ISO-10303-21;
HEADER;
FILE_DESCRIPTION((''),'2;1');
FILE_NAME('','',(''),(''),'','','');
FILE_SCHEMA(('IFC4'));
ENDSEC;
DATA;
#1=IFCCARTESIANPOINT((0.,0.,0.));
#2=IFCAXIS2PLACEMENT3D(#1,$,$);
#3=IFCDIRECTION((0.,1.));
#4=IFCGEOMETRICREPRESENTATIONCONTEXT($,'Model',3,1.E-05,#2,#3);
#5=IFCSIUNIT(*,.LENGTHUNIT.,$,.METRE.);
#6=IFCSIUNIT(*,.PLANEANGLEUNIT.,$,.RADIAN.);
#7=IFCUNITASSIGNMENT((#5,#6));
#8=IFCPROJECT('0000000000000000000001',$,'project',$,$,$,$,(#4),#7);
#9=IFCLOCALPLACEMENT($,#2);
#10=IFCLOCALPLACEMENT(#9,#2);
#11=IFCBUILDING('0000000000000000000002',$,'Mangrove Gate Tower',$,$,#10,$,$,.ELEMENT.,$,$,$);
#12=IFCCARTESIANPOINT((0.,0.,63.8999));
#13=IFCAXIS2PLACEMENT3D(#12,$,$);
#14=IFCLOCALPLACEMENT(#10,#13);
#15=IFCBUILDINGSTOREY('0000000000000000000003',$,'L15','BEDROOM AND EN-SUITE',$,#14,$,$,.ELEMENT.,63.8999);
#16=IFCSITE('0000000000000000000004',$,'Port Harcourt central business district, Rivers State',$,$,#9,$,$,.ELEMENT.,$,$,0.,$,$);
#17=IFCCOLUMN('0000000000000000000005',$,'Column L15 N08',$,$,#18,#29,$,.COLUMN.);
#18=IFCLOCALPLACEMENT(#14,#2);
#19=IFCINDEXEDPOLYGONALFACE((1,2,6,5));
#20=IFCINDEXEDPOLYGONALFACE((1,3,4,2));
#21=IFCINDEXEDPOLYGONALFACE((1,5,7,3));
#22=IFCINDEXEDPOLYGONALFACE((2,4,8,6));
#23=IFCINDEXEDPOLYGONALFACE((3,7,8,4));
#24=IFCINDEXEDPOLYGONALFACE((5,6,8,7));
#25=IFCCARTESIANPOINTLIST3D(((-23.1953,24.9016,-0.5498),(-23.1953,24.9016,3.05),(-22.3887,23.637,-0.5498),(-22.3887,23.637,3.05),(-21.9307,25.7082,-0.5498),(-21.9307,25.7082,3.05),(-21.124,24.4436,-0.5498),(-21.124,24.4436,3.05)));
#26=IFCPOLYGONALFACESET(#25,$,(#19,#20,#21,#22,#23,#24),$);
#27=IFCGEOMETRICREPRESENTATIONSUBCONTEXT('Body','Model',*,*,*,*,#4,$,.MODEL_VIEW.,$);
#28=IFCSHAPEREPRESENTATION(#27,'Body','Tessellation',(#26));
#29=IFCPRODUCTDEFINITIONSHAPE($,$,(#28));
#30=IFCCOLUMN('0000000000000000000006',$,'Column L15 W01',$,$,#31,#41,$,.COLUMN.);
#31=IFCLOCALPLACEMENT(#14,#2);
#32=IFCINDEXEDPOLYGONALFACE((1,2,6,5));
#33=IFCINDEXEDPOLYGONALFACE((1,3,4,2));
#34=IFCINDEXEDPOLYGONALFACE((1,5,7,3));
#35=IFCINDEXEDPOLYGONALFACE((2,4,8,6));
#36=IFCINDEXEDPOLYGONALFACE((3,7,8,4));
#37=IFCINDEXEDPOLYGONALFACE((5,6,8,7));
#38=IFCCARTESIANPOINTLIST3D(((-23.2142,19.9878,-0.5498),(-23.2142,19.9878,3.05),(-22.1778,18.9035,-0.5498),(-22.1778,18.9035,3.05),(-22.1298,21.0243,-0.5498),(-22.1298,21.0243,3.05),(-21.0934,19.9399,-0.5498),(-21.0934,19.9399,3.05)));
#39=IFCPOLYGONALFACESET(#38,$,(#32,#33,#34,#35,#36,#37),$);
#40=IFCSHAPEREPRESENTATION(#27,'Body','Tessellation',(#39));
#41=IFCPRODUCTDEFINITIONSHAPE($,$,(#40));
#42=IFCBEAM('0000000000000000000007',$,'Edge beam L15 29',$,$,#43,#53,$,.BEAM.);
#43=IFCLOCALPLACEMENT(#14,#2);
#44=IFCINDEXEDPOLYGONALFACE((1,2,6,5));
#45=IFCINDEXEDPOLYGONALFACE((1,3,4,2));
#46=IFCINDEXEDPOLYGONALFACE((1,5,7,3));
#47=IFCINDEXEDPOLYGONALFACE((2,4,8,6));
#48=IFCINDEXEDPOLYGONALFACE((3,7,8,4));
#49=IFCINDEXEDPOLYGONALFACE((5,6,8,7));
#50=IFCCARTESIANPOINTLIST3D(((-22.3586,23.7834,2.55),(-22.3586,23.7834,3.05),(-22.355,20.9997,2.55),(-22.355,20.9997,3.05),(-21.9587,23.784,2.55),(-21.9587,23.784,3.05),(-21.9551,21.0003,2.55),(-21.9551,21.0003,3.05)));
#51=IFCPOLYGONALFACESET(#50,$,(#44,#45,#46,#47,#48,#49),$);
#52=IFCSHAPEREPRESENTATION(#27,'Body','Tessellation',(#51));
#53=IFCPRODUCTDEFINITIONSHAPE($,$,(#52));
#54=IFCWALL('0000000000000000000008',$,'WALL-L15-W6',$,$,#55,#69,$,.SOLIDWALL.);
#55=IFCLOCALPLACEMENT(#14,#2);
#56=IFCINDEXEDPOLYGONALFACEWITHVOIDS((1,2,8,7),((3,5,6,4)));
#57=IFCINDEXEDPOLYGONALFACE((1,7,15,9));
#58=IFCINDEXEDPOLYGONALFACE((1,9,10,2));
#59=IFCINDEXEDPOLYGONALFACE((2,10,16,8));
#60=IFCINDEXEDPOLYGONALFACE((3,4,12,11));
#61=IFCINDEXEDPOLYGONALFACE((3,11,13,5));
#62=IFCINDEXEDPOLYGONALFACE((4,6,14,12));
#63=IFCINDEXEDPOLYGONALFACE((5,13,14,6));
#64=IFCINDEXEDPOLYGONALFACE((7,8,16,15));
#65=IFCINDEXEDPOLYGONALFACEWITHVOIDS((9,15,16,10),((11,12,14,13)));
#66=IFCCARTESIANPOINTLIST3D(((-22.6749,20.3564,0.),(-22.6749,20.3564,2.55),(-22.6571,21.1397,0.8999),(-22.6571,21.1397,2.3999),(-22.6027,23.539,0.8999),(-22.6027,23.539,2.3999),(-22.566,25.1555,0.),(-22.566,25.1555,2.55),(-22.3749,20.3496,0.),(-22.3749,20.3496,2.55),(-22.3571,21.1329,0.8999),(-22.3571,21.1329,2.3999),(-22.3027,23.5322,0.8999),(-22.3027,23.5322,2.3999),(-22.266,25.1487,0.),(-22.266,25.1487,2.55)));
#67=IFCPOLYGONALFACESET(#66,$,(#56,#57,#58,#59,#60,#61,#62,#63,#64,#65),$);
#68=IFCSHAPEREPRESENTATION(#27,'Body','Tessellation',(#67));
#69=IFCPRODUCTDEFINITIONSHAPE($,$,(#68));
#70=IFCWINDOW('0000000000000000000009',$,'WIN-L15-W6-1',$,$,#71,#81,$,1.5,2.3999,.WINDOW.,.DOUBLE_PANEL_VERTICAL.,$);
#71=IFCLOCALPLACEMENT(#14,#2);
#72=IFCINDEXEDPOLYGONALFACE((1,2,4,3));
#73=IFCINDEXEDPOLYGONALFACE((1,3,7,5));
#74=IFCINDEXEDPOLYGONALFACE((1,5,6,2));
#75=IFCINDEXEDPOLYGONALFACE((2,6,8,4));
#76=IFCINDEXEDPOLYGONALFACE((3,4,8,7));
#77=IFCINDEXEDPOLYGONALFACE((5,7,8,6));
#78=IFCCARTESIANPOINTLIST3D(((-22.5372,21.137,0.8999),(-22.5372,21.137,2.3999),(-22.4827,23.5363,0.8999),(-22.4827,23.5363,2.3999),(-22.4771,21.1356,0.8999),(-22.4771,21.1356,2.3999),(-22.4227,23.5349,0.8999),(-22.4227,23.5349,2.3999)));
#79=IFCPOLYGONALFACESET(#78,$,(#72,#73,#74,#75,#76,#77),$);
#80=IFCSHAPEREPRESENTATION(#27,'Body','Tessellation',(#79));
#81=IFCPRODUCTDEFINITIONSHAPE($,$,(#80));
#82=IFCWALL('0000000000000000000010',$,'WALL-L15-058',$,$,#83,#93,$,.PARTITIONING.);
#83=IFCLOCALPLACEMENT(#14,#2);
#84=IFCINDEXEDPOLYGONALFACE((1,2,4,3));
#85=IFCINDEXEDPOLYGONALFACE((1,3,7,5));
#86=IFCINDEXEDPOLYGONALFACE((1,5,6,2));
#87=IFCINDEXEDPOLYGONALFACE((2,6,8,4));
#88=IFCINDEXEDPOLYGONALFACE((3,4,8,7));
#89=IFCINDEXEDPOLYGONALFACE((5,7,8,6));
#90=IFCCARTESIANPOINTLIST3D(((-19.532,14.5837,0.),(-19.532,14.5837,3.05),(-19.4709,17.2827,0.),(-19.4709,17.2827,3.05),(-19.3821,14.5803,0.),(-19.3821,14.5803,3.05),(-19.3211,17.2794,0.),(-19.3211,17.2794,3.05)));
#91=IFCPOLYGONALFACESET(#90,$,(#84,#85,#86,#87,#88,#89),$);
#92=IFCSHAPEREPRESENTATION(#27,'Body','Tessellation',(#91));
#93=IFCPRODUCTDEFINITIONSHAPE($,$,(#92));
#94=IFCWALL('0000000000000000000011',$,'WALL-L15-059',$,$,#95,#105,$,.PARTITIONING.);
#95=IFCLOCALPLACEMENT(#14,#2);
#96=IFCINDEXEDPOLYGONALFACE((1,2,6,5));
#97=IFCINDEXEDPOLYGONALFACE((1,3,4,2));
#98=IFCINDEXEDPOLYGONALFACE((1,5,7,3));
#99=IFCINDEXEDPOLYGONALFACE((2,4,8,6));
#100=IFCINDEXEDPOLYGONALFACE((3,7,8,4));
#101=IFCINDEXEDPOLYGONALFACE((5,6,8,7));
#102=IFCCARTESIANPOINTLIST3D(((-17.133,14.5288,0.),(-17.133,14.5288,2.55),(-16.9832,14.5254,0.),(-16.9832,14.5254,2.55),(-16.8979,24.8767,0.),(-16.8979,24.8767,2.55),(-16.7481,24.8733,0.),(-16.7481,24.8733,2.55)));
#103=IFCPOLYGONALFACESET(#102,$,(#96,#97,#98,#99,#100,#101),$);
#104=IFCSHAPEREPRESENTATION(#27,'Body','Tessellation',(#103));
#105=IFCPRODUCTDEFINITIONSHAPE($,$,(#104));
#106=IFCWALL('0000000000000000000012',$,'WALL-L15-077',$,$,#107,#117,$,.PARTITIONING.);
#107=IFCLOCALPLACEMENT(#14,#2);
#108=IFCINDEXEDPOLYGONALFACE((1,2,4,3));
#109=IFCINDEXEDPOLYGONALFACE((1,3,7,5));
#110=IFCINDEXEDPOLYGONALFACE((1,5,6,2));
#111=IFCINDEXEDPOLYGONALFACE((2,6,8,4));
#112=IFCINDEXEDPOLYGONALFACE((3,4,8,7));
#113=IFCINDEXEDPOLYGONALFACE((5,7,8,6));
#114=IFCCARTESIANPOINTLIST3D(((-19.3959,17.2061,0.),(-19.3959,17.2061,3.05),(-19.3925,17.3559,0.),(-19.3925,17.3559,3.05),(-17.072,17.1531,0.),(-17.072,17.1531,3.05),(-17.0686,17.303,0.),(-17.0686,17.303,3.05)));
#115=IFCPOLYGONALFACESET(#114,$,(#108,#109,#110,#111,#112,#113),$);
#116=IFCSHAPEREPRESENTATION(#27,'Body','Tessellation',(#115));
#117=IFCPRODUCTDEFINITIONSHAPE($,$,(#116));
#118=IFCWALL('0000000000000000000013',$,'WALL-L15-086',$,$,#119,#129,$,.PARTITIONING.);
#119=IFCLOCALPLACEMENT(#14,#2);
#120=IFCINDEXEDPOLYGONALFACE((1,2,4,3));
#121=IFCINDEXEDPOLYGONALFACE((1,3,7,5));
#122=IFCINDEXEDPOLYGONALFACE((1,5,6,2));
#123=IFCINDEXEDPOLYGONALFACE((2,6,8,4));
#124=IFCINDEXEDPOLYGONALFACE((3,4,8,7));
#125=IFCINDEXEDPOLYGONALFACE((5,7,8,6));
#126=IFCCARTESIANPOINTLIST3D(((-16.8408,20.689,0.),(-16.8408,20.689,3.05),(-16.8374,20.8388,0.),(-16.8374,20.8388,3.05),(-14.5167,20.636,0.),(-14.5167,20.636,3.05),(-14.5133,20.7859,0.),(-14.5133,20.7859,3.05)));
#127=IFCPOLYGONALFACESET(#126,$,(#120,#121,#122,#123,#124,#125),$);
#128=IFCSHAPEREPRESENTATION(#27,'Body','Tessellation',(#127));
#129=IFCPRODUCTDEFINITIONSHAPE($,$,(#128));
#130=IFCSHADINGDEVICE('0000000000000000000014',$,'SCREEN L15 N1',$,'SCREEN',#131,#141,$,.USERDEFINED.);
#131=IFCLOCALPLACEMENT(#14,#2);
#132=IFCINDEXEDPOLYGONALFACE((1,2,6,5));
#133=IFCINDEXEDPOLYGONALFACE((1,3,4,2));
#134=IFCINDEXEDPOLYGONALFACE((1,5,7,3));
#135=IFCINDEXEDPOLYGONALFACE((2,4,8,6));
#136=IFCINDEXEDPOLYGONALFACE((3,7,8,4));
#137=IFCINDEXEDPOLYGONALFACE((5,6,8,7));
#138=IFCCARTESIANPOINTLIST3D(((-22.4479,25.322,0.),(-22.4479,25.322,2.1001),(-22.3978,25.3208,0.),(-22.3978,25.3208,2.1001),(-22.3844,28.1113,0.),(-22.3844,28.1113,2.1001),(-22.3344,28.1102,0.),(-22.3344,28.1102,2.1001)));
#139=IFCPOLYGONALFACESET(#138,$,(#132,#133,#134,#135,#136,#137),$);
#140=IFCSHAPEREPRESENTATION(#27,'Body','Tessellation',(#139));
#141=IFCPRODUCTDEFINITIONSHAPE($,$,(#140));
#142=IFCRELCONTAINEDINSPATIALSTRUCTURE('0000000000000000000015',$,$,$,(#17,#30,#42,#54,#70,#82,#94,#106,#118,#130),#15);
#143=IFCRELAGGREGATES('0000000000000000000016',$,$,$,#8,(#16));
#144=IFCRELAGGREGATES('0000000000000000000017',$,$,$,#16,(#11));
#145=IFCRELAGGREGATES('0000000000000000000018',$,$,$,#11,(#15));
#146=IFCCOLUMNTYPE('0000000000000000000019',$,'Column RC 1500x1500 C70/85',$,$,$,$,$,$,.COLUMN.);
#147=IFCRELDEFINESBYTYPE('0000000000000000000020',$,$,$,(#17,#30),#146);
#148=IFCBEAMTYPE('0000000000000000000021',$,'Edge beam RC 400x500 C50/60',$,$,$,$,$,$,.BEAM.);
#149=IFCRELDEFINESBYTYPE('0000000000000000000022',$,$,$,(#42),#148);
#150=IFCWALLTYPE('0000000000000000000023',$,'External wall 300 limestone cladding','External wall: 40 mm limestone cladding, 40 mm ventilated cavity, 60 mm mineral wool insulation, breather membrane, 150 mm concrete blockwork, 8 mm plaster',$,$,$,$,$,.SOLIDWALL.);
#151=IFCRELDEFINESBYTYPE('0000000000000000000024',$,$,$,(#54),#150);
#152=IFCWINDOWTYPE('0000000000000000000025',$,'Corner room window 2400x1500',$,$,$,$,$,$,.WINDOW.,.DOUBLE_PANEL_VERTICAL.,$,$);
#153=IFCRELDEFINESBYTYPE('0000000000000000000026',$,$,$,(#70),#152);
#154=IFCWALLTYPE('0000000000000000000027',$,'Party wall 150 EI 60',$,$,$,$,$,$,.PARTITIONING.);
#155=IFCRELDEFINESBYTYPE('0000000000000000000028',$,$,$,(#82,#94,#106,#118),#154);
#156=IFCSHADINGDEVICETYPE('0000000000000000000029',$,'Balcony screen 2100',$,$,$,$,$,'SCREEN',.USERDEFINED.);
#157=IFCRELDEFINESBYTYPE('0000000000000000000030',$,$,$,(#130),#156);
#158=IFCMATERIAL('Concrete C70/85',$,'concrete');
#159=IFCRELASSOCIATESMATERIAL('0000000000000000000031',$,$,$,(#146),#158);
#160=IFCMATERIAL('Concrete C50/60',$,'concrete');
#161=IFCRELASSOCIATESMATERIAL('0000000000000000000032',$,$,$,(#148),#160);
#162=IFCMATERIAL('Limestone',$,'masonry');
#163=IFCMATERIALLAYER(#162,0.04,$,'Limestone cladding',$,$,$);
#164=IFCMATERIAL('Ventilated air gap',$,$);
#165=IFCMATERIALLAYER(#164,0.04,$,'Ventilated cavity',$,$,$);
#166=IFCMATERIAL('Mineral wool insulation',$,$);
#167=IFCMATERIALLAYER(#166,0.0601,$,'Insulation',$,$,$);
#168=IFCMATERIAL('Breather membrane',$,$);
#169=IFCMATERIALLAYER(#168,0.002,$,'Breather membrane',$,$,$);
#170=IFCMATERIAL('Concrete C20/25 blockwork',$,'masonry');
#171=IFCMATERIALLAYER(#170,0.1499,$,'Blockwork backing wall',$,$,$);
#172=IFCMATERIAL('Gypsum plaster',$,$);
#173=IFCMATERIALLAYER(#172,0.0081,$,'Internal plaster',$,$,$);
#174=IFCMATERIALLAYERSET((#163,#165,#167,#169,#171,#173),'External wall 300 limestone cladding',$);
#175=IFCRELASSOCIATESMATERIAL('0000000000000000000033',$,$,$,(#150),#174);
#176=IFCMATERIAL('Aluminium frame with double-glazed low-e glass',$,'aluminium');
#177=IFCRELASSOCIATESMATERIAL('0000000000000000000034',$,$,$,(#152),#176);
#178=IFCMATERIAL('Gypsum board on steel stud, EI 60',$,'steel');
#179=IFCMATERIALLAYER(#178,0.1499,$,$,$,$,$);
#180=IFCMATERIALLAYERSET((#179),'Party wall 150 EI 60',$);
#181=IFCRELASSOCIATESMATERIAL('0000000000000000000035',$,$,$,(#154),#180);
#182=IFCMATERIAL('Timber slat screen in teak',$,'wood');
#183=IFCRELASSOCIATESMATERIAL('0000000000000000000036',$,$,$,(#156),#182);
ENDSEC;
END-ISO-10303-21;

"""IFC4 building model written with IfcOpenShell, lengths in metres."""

from ifc_helpers import new_model, si_unit, direction, frame, frame_2d, origin, origin_2d, place, context, subcontext, project, spatial, rectangle, extrude, material, layer, layer_set, material_profile, profile_set, type_object, element, fill, save


model = new_model("IFC4")

# Units and contexts
model_context = context("Model", 3, precision=1e-05, world=origin(), true_north=direction((0.0, 1.0)))
body_context = subcontext(model_context, "Body", "Model", "MODEL_VIEW")
ifc_project = project(units=[si_unit("LENGTHUNIT", "METRE"), si_unit("PLANEANGLEUNIT", "RADIAN")], contexts=[model_context])

# Site, building, storey
site_placement = place(None, origin())
site = spatial("IfcSite", under=ifc_project, at=site_placement, Name="Port Harcourt central business district, Rivers State", CompositionType="ELEMENT", RefElevation=0.0)
building_placement = place(site_placement, origin())
building = spatial("IfcBuilding", under=site, at=building_placement, Name="Mangrove Gate Tower", CompositionType="ELEMENT")
storey_placement = place(building_placement, frame((0.0, 0.0, 63.8999)))
storey = spatial("IfcBuildingStorey", under=building, at=storey_placement, Name="L15", Description="BEDROOM AND EN-SUITE", CompositionType="ELEMENT", Elevation=63.8999)

# Columns
ifc_material_1 = material(Name="Concrete C70/85", Category="concrete")
ifc_material_profile_1 = material_profile(ifc_material_1, rectangle(XDim=1.5, YDim=1.5, at=origin_2d()))
ifc_profile_set_1 = profile_set([ifc_material_profile_1], Name="Concrete C70/85")
column_type = type_object("IfcColumnType", Name="Column RC 1500x1500 C70/85", PredefinedType="COLUMN", material=ifc_profile_set_1)
for number, where, z_axis, x_axis, name in (
    (1, (-22.1597, 24.6726, -0.5498), (0.0, 0.0, 1.0), (-0.843102, -0.537753, 0.0), "Column L15 N08"),
    (2, (-22.1538, 19.9639, -0.5498), (0.0, 0.0, 1.0), (-0.722911, -0.690942, 0.0), "Column L15 W01"),
):
    element("IfcColumn", number, at=place(storey_placement, frame(where, z_axis=z_axis, x_axis=x_axis)), inside=storey, type_object=column_type, Name=name, PredefinedType="COLUMN", context=body_context, shape_type="SweptSolid", body=[
        extrude(rectangle(XDim=1.5, YDim=1.5, at=origin_2d()), origin(), (0.0, 0.0, 1.0), 3.5999),
    ])

# Beam
ifc_material_2 = material(Name="Concrete C50/60", Category="concrete")
ifc_material_profile_2 = material_profile(ifc_material_2, rectangle(XDim=0.3999, YDim=0.5, at=origin_2d()))
ifc_profile_set_2 = profile_set([ifc_material_profile_2], Name="Concrete C50/60")
beam_type = type_object("IfcBeamType", Name="Edge beam RC 400x500 C50/60", PredefinedType="BEAM", material=ifc_profile_set_2)
beam_placement = place(storey_placement, frame((-22.1587, 23.7837, 2.8), z_axis=(0.001316, -0.999999, 0.0), x_axis=(0.999999, 0.001316, 0.0)))
element("IfcBeam", 3, at=beam_placement, inside=storey, type_object=beam_type, Name="Edge beam L15 29", PredefinedType="BEAM", context=body_context, shape_type="SweptSolid", body=[
    extrude(rectangle(XDim=0.3999, YDim=0.5, at=origin_2d()), origin(), (0.0, 0.0, 1.0), 2.7837),
])

# Wall, opening, window
ifc_material_3 = material(Name="Limestone", Category="masonry")
ifc_layer_1 = layer(ifc_material_3, 0.04, Name="Limestone cladding")
ifc_material_4 = material(Name="Ventilated air gap")
ifc_layer_2 = layer(ifc_material_4, 0.04, Name="Ventilated cavity")
ifc_material_5 = material(Name="Mineral wool insulation")
ifc_layer_3 = layer(ifc_material_5, 0.0601, Name="Insulation")
ifc_material_6 = material(Name="Breather membrane")
ifc_layer_4 = layer(ifc_material_6, 0.002, Name="Breather membrane")
ifc_material_7 = material(Name="Concrete C20/25 blockwork", Category="masonry")
ifc_layer_5 = layer(ifc_material_7, 0.1499, Name="Blockwork backing wall")
ifc_material_8 = material(Name="Gypsum plaster")
ifc_layer_6 = layer(ifc_material_8, 0.0081, Name="Internal plaster")
ifc_layer_set_1 = layer_set([ifc_layer_1, ifc_layer_2, ifc_layer_3, ifc_layer_4, ifc_layer_5, ifc_layer_6], Name="External wall 300 limestone cladding")
wall_type_1 = type_object("IfcWallType", Name="External wall 300 limestone cladding", Description="External wall: 40 mm limestone cladding, 40 mm ventilated cavity, 60 mm mineral wool insulation, breather membrane, 150 mm concrete blockwork, 8 mm plaster", PredefinedType="SOLIDWALL", material=ifc_layer_set_1)
wall_1_placement = place(storey_placement, frame((-22.416, 25.1521, 0.0), z_axis=(0.0, 0.0, 1.0), x_axis=(-0.022683, -0.999743, 0.0)))
wall_1 = element("IfcWall", 4, at=wall_1_placement, inside=storey, type_object=wall_type_1, Name="WALL-L15-W6", PredefinedType="SOLIDWALL", context=body_context, shape_type="SweptSolid", body=[
    extrude(rectangle(XDim=4.8003, YDim=0.3, at=frame_2d((2.4001, 0.0))), origin(), (0.0, 0.0, 1.0), 2.55),
])
opening_placement = place(wall_1_placement, frame((1.6169, 0.0, 0.8999)))
opening = element("IfcOpeningElement", 5, at=opening_placement, cuts=wall_1, PredefinedType="OPENING", context=body_context, shape_type="SweptSolid", body=[
    extrude(rectangle(XDim=2.3999, YDim=1.5, at=frame_2d((1.2, 0.75))), frame((0.0, 0.1599, 0.0), z_axis=(0.0, -1.0, 0.0), x_axis=(1.0, 0.0, 0.0)), (0.0, 0.0, 1.0), 0.3201),
])
ifc_material_9 = material(Name="Aluminium frame with double-glazed low-e glass", Category="aluminium")
window_type = type_object("IfcWindowType", Name="Corner room window 2400x1500", PartitioningType="DOUBLE_PANEL_VERTICAL", PredefinedType="WINDOW", material=ifc_material_9)
window_placement = place(opening_placement, origin())
window = element("IfcWindow", 6, at=window_placement, inside=storey, type_object=window_type, Name="WIN-L15-W6-1", OverallHeight=1.5, OverallWidth=2.3999, PartitioningType="DOUBLE_PANEL_VERTICAL", PredefinedType="WINDOW", context=body_context, shape_type="SweptSolid", body=[
    extrude(rectangle(XDim=2.3999, YDim=1.5, at=frame_2d((1.2, 0.75))), frame((0.0, 0.03, 0.0), z_axis=(0.0, -1.0, 0.0), x_axis=(1.0, 0.0, 0.0)), (0.0, 0.0, 1.0), 0.0601),
])
fill(opening, window)

# Walls
ifc_material_10 = material(Name="Gypsum board on steel stud, EI 60", Category="steel")
ifc_layer_7 = layer(ifc_material_10, 0.1499)
ifc_layer_set_2 = layer_set([ifc_layer_7], Name="Party wall 150 EI 60")
wall_type_2 = type_object("IfcWallType", Name="Party wall 150 EI 60", PredefinedType="PARTITIONING", material=ifc_layer_set_2)
wall_2_placement = place(storey_placement, frame((-19.457, 14.582, 0.0), z_axis=(0.0, 0.0, 1.0), x_axis=(0.022608, 0.999744, 0.0)))
element("IfcWall", 7, at=wall_2_placement, inside=storey, type_object=wall_type_2, Name="WALL-L15-058", PredefinedType="PARTITIONING", context=body_context, shape_type="SweptSolid", body=[
    extrude(rectangle(XDim=2.6997, YDim=0.1499, at=frame_2d((1.3499, 0.0))), origin(), (0.0, 0.0, 1.0), 3.05),
])
wall_3_placement = place(storey_placement, frame((-17.0581, 14.5271, 0.0), z_axis=(0.0, 0.0, 1.0), x_axis=(0.022714, 0.999742, 0.0)))
element("IfcWall", 8, at=wall_3_placement, inside=storey, type_object=wall_type_2, Name="WALL-L15-059", PredefinedType="PARTITIONING", context=body_context, shape_type="SweptSolid", body=[
    extrude(rectangle(XDim=10.3506, YDim=0.1499, at=frame_2d((5.1753, 0.0))), origin(), (0.0, 0.0, 1.0), 2.55),
])
wall_4_placement = place(storey_placement, frame((-19.394, 17.281, 0.0), z_axis=(0.0, 0.0, 1.0), x_axis=(0.99974, -0.022791, 0.0)))
element("IfcWall", 9, at=wall_4_placement, inside=storey, type_object=wall_type_2, Name="WALL-L15-077", PredefinedType="PARTITIONING", context=body_context, shape_type="SweptSolid", body=[
    extrude(rectangle(XDim=2.3245, YDim=0.1499, at=frame_2d((1.1621, 0.0))), origin(), (0.0, 0.0, 1.0), 3.05),
])
wall_5_placement = place(storey_placement, frame((-16.8391, 20.7639, 0.0), z_axis=(0.0, 0.0, 1.0), x_axis=(0.99974, -0.022788, 0.0)))
element("IfcWall", 10, at=wall_5_placement, inside=storey, type_object=wall_type_2, Name="WALL-L15-086", PredefinedType="PARTITIONING", context=body_context, shape_type="SweptSolid", body=[
    extrude(rectangle(XDim=2.3247, YDim=0.1499, at=frame_2d((1.1624, 0.0))), origin(), (0.0, 0.0, 1.0), 3.05),
])

# Shading device
ifc_material_11 = material(Name="Timber slat screen in teak", Category="wood")
shading_device_type = type_object("IfcShadingDeviceType", Name="Balcony screen 2100", ElementType="SCREEN", PredefinedType="USERDEFINED", material=ifc_material_11)
shading_device_placement = place(storey_placement, frame((-22.3911, 26.7161, 0.0), z_axis=(0.0, 0.0, 1.0), x_axis=(0.02274, 0.999741, 0.0)))
element("IfcShadingDevice", 11, at=shading_device_placement, inside=storey, type_object=shading_device_type, Name="SCREEN L15 N1", ObjectType="SCREEN", PredefinedType="USERDEFINED", context=body_context, shape_type="SweptSolid", body=[
    extrude(rectangle(XDim=2.79, YDim=0.05, at=origin_2d()), origin(), (0.0, 0.0, 1.0), 2.1001),
])

save(model, "model.ifc")
